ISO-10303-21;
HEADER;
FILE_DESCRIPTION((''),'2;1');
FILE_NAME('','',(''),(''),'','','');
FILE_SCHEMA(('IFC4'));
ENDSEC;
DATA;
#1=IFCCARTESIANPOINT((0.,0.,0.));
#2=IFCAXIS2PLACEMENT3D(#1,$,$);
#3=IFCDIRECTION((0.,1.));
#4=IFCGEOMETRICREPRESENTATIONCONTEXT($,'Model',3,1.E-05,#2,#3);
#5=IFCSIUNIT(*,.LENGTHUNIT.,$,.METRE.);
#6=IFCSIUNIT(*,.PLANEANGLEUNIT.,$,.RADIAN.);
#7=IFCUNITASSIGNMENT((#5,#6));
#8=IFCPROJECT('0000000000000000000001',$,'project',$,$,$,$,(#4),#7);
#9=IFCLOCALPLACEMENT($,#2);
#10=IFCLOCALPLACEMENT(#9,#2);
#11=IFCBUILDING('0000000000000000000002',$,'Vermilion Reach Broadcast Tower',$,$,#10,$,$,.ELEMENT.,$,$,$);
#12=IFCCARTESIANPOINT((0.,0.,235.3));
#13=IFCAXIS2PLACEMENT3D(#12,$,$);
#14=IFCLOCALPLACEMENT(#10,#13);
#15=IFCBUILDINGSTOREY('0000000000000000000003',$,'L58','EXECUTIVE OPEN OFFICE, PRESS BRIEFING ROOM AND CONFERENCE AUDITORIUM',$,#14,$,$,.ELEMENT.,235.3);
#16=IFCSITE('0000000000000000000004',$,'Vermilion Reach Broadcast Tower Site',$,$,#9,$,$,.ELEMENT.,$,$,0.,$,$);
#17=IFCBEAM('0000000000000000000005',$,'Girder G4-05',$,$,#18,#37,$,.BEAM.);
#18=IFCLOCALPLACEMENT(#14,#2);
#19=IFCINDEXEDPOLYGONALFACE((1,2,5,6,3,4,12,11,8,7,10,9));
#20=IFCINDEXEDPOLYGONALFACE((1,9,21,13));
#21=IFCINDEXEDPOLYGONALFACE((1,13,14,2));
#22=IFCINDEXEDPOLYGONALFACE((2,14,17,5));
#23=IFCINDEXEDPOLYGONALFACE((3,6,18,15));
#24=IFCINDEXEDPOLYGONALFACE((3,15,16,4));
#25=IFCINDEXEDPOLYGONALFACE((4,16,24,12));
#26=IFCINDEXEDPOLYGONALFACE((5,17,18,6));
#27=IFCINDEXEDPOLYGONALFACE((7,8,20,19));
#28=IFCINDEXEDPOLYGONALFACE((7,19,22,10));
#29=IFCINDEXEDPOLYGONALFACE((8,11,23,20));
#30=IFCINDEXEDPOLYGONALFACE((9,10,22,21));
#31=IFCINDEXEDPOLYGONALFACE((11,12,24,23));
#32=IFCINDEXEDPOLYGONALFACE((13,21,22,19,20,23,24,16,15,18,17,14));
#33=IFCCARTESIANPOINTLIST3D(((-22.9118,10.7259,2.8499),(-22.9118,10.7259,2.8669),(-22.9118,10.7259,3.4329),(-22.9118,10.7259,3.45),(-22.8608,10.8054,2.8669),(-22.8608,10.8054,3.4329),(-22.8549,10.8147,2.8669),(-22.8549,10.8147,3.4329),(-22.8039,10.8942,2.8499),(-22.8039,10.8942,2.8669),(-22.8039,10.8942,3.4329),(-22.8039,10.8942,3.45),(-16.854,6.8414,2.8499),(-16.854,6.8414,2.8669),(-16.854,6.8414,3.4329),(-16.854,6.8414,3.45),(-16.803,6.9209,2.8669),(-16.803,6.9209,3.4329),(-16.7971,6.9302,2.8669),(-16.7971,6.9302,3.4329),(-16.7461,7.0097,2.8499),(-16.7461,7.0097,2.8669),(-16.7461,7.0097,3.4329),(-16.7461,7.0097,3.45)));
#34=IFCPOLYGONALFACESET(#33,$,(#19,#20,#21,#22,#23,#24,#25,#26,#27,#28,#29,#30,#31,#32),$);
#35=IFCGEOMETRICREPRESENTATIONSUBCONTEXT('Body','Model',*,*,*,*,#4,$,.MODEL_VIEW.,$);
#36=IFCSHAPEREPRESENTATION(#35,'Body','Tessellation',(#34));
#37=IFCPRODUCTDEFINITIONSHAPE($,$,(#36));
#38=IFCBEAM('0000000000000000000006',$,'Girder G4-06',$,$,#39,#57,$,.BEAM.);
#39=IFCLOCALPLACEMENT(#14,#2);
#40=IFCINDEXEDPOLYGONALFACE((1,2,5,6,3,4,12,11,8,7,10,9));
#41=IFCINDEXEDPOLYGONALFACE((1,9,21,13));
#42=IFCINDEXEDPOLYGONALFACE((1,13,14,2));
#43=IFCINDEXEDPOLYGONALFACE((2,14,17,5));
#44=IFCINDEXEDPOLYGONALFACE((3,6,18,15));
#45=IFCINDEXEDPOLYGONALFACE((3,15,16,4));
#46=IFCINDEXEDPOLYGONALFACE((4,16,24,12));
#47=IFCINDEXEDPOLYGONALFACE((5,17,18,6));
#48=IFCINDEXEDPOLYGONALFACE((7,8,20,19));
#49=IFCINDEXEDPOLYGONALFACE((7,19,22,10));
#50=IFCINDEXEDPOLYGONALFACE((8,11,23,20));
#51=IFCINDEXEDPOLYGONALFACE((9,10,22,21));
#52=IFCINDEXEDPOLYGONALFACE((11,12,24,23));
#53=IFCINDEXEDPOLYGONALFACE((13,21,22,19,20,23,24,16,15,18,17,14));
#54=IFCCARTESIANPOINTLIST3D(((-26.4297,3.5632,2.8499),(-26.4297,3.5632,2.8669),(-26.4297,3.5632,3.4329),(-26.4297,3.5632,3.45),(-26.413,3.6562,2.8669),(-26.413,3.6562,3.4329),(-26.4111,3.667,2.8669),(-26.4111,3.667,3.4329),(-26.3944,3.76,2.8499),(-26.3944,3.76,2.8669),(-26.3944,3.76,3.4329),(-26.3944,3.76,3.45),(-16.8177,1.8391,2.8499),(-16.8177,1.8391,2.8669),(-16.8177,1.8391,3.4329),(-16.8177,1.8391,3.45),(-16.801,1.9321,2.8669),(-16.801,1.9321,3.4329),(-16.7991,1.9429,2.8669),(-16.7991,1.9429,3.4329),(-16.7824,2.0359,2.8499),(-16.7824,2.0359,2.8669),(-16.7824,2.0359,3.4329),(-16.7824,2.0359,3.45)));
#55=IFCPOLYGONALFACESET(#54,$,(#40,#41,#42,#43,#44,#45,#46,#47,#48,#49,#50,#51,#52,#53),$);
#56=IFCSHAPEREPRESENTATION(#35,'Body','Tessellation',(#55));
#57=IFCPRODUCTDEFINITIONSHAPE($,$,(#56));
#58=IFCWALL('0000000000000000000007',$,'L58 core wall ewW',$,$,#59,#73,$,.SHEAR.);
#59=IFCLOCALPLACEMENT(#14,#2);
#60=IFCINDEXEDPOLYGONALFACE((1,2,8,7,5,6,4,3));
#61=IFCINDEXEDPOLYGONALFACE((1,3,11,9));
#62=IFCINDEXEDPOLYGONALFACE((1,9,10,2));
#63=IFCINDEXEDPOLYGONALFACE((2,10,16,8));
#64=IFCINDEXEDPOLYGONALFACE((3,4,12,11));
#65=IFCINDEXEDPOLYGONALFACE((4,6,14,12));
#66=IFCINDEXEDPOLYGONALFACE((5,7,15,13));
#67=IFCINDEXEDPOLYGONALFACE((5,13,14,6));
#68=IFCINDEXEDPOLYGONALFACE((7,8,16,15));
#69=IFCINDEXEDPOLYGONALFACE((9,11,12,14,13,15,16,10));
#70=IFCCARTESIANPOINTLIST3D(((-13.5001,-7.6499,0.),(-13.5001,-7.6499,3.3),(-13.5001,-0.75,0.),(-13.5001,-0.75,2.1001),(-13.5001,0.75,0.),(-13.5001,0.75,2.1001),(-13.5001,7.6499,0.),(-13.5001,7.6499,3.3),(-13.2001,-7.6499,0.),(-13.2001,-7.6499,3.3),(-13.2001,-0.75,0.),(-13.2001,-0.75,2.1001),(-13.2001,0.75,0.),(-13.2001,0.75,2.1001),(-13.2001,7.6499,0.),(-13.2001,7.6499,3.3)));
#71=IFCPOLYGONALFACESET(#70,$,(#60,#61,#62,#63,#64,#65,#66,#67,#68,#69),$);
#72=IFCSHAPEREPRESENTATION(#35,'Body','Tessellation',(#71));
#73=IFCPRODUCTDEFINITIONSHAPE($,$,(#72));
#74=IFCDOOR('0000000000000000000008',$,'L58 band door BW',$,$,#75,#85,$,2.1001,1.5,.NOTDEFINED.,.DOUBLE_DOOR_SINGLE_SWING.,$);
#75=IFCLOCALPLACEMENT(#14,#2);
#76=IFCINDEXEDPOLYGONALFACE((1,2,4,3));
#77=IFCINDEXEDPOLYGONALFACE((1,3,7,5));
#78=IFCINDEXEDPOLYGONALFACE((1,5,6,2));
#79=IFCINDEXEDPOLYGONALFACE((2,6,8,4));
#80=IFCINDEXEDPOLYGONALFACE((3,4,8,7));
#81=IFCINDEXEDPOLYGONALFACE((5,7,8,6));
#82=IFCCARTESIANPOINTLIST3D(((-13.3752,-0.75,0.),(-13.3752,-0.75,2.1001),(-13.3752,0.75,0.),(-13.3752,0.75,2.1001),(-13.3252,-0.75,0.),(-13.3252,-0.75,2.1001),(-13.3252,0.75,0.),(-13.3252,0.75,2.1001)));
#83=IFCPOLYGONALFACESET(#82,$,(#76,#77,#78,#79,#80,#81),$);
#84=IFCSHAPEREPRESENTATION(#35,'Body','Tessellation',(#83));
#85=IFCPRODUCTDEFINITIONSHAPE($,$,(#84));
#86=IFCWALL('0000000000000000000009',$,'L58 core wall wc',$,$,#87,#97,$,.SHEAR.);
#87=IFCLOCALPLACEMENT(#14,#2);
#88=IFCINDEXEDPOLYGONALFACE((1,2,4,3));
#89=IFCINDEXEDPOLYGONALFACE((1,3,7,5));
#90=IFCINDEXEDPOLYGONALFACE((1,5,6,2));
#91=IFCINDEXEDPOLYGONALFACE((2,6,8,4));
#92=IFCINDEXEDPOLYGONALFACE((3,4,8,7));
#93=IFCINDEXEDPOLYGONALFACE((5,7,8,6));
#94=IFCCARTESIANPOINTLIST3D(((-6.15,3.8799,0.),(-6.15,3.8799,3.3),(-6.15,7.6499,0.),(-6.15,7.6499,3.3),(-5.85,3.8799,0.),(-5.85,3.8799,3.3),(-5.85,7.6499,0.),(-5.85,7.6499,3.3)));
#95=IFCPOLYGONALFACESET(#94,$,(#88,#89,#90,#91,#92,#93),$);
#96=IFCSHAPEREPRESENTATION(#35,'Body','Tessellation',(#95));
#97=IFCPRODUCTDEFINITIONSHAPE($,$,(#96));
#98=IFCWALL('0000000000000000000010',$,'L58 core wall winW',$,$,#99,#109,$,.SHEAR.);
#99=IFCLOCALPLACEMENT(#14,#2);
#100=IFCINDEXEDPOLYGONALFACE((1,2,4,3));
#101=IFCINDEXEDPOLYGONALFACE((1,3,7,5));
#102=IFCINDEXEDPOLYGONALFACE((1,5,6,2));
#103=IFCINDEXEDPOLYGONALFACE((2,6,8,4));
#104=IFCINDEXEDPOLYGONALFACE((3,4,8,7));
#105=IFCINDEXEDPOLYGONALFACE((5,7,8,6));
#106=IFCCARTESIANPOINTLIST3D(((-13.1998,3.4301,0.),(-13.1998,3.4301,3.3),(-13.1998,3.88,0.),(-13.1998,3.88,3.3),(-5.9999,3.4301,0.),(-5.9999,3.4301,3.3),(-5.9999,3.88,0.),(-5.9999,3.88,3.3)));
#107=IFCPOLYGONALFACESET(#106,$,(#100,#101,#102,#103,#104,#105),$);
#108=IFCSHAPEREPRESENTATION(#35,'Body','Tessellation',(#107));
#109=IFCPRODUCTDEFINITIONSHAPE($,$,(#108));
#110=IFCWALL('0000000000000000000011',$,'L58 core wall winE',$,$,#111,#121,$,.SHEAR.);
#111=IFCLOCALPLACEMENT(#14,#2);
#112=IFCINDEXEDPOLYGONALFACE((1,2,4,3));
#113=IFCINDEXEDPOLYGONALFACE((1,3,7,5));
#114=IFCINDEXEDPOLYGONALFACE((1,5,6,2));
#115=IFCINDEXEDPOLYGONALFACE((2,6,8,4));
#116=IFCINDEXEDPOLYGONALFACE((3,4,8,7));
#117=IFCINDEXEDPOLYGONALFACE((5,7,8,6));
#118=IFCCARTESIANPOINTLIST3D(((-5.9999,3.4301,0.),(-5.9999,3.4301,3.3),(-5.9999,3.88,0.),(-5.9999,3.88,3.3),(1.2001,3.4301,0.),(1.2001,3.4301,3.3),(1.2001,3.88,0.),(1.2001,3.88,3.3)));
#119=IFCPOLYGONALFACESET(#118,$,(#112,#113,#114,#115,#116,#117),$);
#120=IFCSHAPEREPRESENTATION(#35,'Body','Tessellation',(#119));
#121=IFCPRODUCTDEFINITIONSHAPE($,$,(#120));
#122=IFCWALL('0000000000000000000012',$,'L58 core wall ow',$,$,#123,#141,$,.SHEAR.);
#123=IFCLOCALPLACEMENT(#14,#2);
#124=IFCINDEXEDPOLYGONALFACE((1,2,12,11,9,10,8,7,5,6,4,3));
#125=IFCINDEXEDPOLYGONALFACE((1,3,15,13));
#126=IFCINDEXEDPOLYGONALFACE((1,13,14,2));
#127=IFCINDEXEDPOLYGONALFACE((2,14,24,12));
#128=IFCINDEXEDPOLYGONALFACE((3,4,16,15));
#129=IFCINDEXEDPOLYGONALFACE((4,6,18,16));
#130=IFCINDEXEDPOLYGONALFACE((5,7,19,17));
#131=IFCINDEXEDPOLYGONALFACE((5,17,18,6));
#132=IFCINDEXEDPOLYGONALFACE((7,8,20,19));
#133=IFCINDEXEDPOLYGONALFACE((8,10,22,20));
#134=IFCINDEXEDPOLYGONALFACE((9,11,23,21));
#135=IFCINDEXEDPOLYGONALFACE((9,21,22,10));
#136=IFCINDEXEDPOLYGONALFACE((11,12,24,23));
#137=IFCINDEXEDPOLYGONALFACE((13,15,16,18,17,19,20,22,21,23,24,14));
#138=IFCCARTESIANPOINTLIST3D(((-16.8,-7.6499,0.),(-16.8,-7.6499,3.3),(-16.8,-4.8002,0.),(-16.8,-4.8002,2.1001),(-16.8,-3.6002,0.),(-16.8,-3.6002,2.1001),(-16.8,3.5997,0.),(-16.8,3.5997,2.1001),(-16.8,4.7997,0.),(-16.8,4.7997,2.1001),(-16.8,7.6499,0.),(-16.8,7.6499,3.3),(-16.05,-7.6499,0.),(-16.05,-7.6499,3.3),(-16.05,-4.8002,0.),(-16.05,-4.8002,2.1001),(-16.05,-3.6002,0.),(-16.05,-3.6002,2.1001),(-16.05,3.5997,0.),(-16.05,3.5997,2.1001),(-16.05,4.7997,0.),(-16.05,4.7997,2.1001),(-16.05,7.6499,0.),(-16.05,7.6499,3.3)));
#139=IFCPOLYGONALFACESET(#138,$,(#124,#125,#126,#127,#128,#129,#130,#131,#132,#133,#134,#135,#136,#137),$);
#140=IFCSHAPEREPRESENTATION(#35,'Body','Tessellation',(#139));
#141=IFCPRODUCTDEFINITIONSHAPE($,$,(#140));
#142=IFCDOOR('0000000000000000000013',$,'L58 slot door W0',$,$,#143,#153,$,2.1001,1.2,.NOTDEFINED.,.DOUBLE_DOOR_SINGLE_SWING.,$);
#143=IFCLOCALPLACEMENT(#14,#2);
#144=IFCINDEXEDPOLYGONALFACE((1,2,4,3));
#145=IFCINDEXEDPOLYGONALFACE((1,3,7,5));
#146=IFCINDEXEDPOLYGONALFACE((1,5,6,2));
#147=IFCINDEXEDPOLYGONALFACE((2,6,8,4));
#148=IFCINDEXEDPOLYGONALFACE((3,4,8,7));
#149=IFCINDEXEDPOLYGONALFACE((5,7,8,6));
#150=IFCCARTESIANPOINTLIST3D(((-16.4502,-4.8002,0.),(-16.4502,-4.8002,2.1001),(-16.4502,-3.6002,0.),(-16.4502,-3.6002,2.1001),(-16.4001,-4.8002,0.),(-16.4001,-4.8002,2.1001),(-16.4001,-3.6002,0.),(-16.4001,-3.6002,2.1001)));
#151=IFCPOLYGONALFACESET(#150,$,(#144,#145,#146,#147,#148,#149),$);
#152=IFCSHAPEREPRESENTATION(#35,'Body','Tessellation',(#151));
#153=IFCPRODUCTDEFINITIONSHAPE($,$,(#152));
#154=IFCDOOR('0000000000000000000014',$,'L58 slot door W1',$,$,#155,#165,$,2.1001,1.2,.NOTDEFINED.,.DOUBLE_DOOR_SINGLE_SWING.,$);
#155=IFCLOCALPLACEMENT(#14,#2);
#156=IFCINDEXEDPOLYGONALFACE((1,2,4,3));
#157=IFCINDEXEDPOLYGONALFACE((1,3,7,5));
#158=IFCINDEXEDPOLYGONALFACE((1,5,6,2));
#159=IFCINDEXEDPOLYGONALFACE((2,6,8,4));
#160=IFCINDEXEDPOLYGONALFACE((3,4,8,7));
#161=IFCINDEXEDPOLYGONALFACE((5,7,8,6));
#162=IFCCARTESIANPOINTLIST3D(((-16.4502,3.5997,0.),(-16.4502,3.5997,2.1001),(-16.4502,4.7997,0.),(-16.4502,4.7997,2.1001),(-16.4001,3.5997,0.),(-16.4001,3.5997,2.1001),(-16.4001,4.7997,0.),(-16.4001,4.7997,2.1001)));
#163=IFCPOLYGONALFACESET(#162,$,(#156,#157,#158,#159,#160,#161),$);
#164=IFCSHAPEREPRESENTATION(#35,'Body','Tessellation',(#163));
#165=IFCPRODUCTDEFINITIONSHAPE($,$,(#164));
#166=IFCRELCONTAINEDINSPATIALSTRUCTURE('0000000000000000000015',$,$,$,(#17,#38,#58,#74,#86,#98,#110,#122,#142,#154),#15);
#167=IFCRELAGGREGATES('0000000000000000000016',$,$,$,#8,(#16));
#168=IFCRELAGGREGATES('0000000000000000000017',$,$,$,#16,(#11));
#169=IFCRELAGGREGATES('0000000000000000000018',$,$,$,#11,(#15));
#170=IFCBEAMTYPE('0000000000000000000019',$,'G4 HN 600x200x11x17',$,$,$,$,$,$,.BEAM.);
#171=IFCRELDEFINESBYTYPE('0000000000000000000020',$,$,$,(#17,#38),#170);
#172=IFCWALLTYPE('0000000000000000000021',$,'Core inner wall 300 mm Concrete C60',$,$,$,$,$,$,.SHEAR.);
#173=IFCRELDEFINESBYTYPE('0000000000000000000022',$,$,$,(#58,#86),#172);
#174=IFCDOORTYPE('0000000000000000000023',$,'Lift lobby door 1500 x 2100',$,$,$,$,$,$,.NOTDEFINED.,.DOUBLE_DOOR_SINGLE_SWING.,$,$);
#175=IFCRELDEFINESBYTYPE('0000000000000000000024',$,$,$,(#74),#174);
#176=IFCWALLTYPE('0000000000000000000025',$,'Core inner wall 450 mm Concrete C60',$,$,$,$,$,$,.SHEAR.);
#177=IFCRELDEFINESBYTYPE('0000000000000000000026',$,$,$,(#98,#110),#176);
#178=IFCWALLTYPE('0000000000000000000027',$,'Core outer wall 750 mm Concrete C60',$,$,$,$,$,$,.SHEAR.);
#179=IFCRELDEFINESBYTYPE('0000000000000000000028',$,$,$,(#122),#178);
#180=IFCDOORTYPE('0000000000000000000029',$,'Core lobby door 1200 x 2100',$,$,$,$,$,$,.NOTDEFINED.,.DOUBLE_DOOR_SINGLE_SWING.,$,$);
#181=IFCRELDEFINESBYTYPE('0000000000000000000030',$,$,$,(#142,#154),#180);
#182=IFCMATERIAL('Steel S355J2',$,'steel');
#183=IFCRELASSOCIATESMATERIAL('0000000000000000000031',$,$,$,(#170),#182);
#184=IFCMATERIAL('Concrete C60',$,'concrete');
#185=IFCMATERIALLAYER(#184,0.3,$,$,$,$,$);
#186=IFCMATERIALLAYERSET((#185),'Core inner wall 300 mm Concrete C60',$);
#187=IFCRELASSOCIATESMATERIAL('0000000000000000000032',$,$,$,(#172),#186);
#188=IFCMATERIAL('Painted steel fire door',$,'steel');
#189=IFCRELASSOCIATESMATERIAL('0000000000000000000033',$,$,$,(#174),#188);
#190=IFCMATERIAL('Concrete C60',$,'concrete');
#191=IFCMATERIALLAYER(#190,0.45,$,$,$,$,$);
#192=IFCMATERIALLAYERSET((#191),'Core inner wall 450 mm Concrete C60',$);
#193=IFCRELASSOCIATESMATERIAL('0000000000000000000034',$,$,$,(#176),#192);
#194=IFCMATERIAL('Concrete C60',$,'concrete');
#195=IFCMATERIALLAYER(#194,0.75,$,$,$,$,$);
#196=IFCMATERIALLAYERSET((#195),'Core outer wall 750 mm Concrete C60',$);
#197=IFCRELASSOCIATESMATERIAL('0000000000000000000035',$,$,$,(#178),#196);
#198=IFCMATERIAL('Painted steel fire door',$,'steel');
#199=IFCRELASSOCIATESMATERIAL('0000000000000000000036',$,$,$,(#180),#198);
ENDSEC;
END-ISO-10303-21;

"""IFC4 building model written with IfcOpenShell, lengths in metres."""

from ifc_helpers import new_model, si_unit, direction, frame, frame_2d, origin, origin_2d, place, context, subcontext, project, spatial, rectangle, i_section, extrude, material, layer, layer_set, material_profile, profile_set, type_object, element, fill, save


model = new_model("IFC4")

# Units and contexts
model_context = context("Model", 3, precision=1e-05, world=origin(), true_north=direction((0.0, 1.0)))
body_context = subcontext(model_context, "Body", "Model", "MODEL_VIEW")
ifc_project = project(units=[si_unit("LENGTHUNIT", "METRE"), si_unit("PLANEANGLEUNIT", "RADIAN")], contexts=[model_context])

# Site, building, storey
site_placement = place(None, origin())
site = spatial("IfcSite", under=ifc_project, at=site_placement, Name="Vermilion Reach Broadcast Tower Site", CompositionType="ELEMENT", RefElevation=0.0)
building_placement = place(site_placement, origin())
building = spatial("IfcBuilding", under=site, at=building_placement, Name="Vermilion Reach Broadcast Tower", CompositionType="ELEMENT")
storey_placement = place(building_placement, frame((0.0, 0.0, 235.3)))
storey = spatial("IfcBuildingStorey", under=building, at=storey_placement, Name="L58", Description="EXECUTIVE OPEN OFFICE, PRESS BRIEFING ROOM AND CONFERENCE AUDITORIUM", CompositionType="ELEMENT", Elevation=235.3)

# Beams
ifc_material_1 = material(Name="Steel S355J2", Category="steel")
ifc_material_profile = material_profile(ifc_material_1, i_section(OverallWidth=0.2, OverallDepth=0.6001, WebThickness=0.011, FlangeThickness=0.0171, at=origin_2d()), Name="S355J2 HN 600x200x11x17")
ifc_profile_set = profile_set([ifc_material_profile], Name="Steel S355J2")
beam_type = type_object("IfcBeamType", Name="G4 HN 600x200x11x17", PredefinedType="BEAM", material=ifc_profile_set)
beam_1_placement = place(storey_placement, frame((-16.8, 6.9255, 3.1499), z_axis=(-0.841799, 0.539792, 0.0), x_axis=(-0.539792, -0.841799, 0.0)))
element("IfcBeam", 1, at=beam_1_placement, inside=storey, type_object=beam_type, Name="Girder G4-05", PredefinedType="BEAM", context=body_context, shape_type="SweptSolid", body=[
    extrude(i_section(OverallWidth=0.2, OverallDepth=0.6001, WebThickness=0.011, FlangeThickness=0.0171, at=origin_2d()), origin(), (0.0, 0.0, 1.0), 7.1963),
])
beam_2_placement = place(storey_placement, frame((-16.8, 1.9375, 3.1499), z_axis=(-0.984291, 0.176553, 0.0), x_axis=(-0.176553, -0.984291, 0.0)))
element("IfcBeam", 2, at=beam_2_placement, inside=storey, type_object=beam_type, Name="Girder G4-06", PredefinedType="BEAM", context=body_context, shape_type="SweptSolid", body=[
    extrude(i_section(OverallWidth=0.2, OverallDepth=0.6001, WebThickness=0.011, FlangeThickness=0.0171, at=origin_2d()), origin(), (0.0, 0.0, 1.0), 9.7654),
])

# Wall, opening, door
ifc_material_2 = material(Name="Concrete C60", Category="concrete")
ifc_layer_1 = layer(ifc_material_2, 0.3)
ifc_layer_set_1 = layer_set([ifc_layer_1], Name="Core inner wall 300 mm Concrete C60")
wall_type_1 = type_object("IfcWallType", Name="Core inner wall 300 mm Concrete C60", PredefinedType="SHEAR", material=ifc_layer_set_1)
wall_1_placement = place(storey_placement, frame((-13.3501, 7.6499, 0.0), z_axis=(0.0, 0.0, 1.0), x_axis=(0.0, -1.0, 0.0)))
wall_1 = element("IfcWall", 3, at=wall_1_placement, inside=storey, type_object=wall_type_1, Name="L58 core wall ewW", PredefinedType="SHEAR", context=body_context, shape_type="SweptSolid", body=[
    extrude(rectangle(XDim=15.2998, YDim=0.3, at=frame_2d((7.6499, 0.0))), origin(), (0.0, 0.0, 1.0), 3.3),
])
opening_1_placement = place(wall_1_placement, frame((6.8999, 0.0, 0.0)))
opening_1 = element("IfcOpeningElement", 4, at=opening_1_placement, cuts=wall_1, PredefinedType="OPENING", context=body_context, shape_type="SweptSolid", body=[
    extrude(rectangle(XDim=1.5, YDim=2.1001, at=frame_2d((0.75, 1.05))), frame((0.0, 0.1599, 0.0), z_axis=(0.0, -1.0, 0.0), x_axis=(1.0, 0.0, 0.0)), (0.0, 0.0, 1.0), 0.3201),
])
ifc_material_3 = material(Name="Painted steel fire door", Category="steel")
door_type_1 = type_object("IfcDoorType", Name="Lift lobby door 1500 x 2100", OperationType="DOUBLE_DOOR_SINGLE_SWING", PredefinedType="NOTDEFINED", material=ifc_material_3)
door_1_placement = place(opening_1_placement, origin())
door_1 = element("IfcDoor", 5, at=door_1_placement, inside=storey, type_object=door_type_1, Name="L58 band door BW", OperationType="DOUBLE_DOOR_SINGLE_SWING", OverallHeight=2.1001, OverallWidth=1.5, PredefinedType="NOTDEFINED", context=body_context, shape_type="SweptSolid", body=[
    extrude(rectangle(XDim=1.5, YDim=2.1001, at=frame_2d((0.75, 1.05))), frame((0.0, 0.0249, 0.0), z_axis=(0.0, -1.0, 0.0), x_axis=(1.0, 0.0, 0.0)), (0.0, 0.0, 1.0), 0.05),
])
fill(opening_1, door_1)

# Walls
wall_2_placement = place(storey_placement, frame((-6.0, 3.8799, 0.0), z_axis=(0.0, 0.0, 1.0), x_axis=(0.0, 1.0, 0.0)))
element("IfcWall", 6, at=wall_2_placement, inside=storey, type_object=wall_type_1, Name="L58 core wall wc", PredefinedType="SHEAR", context=body_context, shape_type="SweptSolid", body=[
    extrude(rectangle(XDim=3.77, YDim=0.3, at=frame_2d((1.885, 0.0))), origin(), (0.0, 0.0, 1.0), 3.3),
])
ifc_material_4 = material(Name="Concrete C60", Category="concrete")
ifc_layer_2 = layer(ifc_material_4, 0.45)
ifc_layer_set_2 = layer_set([ifc_layer_2], Name="Core inner wall 450 mm Concrete C60")
wall_type_2 = type_object("IfcWallType", Name="Core inner wall 450 mm Concrete C60", PredefinedType="SHEAR", material=ifc_layer_set_2)
for number, where, z_axis, x_axis, name in (
    (7, (-13.2, 3.655, 0.0), (0.0, 0.0, 1.0), (1.0, 0.0, 0.0), "L58 core wall winW"),
    (8, (-6.0, 3.655, 0.0), (0.0, 0.0, 1.0), (1.0, 0.0, 0.0), "L58 core wall winE"),
):
    element("IfcWall", number, at=place(storey_placement, frame(where, z_axis=z_axis, x_axis=x_axis)), inside=storey, type_object=wall_type_2, Name=name, PredefinedType="SHEAR", context=body_context, shape_type="SweptSolid", body=[
        extrude(rectangle(XDim=7.2, YDim=0.45, at=frame_2d((3.6001, 0.0))), origin(), (0.0, 0.0, 1.0), 3.3),
    ])

# Wall, openings, doors
ifc_material_5 = material(Name="Concrete C60", Category="concrete")
ifc_layer_3 = layer(ifc_material_5, 0.75)
ifc_layer_set_3 = layer_set([ifc_layer_3], Name="Core outer wall 750 mm Concrete C60")
wall_type_3 = type_object("IfcWallType", Name="Core outer wall 750 mm Concrete C60", PredefinedType="SHEAR", material=ifc_layer_set_3)
wall_3_placement = place(storey_placement, frame((-16.425, 7.6499, 0.0), z_axis=(0.0, 0.0, 1.0), x_axis=(0.0, -1.0, 0.0)))
wall_3 = element("IfcWall", 9, at=wall_3_placement, inside=storey, type_object=wall_type_3, Name="L58 core wall ow", PredefinedType="SHEAR", context=body_context, shape_type="SweptSolid", body=[
    extrude(rectangle(XDim=15.2998, YDim=0.75, at=frame_2d((7.6499, 0.0))), origin(), (0.0, 0.0, 1.0), 3.3),
])
opening_2_placement = place(wall_3_placement, frame((11.25, 0.0, 0.0)))
opening_2 = element("IfcOpeningElement", 10, at=opening_2_placement, cuts=wall_3, PredefinedType="OPENING", context=body_context, shape_type="SweptSolid", body=[
    extrude(rectangle(XDim=1.2, YDim=2.1001, at=frame_2d((0.6001, 1.05))), frame((0.0, 0.385, 0.0), z_axis=(0.0, -1.0, 0.0), x_axis=(1.0, 0.0, 0.0)), (0.0, 0.0, 1.0), 0.77),
])
opening_3_placement = place(wall_3_placement, frame((2.8501, 0.0, 0.0)))
opening_3 = element("IfcOpeningElement", 11, at=opening_3_placement, cuts=wall_3, PredefinedType="OPENING", context=body_context, shape_type="SweptSolid", body=[
    extrude(rectangle(XDim=1.2, YDim=2.1001, at=frame_2d((0.6001, 1.05))), frame((0.0, 0.385, 0.0), z_axis=(0.0, -1.0, 0.0), x_axis=(1.0, 0.0, 0.0)), (0.0, 0.0, 1.0), 0.77),
])
ifc_material_6 = material(Name="Painted steel fire door", Category="steel")
door_type_2 = type_object("IfcDoorType", Name="Core lobby door 1200 x 2100", OperationType="DOUBLE_DOOR_SINGLE_SWING", PredefinedType="NOTDEFINED", material=ifc_material_6)
door_2_placement = place(opening_2_placement, origin())
door_2 = element("IfcDoor", 12, at=door_2_placement, inside=storey, type_object=door_type_2, Name="L58 slot door W0", OperationType="DOUBLE_DOOR_SINGLE_SWING", OverallHeight=2.1001, OverallWidth=1.2, PredefinedType="NOTDEFINED", context=body_context, shape_type="SweptSolid", body=[
    extrude(rectangle(XDim=1.2, YDim=2.1001, at=frame_2d((0.6001, 1.05))), frame((0.0, 0.0249, 0.0), z_axis=(0.0, -1.0, 0.0), x_axis=(1.0, 0.0, 0.0)), (0.0, 0.0, 1.0), 0.05),
])
fill(opening_2, door_2)
door_3_placement = place(opening_3_placement, origin())
door_3 = element("IfcDoor", 13, at=door_3_placement, inside=storey, type_object=door_type_2, Name="L58 slot door W1", OperationType="DOUBLE_DOOR_SINGLE_SWING", OverallHeight=2.1001, OverallWidth=1.2, PredefinedType="NOTDEFINED", context=body_context, shape_type="SweptSolid", body=[
    extrude(rectangle(XDim=1.2, YDim=2.1001, at=frame_2d((0.6001, 1.05))), frame((0.0, 0.0249, 0.0), z_axis=(0.0, -1.0, 0.0), x_axis=(1.0, 0.0, 0.0)), (0.0, 0.0, 1.0), 0.05),
])
fill(opening_3, door_3)

save(model, "model.ifc")
